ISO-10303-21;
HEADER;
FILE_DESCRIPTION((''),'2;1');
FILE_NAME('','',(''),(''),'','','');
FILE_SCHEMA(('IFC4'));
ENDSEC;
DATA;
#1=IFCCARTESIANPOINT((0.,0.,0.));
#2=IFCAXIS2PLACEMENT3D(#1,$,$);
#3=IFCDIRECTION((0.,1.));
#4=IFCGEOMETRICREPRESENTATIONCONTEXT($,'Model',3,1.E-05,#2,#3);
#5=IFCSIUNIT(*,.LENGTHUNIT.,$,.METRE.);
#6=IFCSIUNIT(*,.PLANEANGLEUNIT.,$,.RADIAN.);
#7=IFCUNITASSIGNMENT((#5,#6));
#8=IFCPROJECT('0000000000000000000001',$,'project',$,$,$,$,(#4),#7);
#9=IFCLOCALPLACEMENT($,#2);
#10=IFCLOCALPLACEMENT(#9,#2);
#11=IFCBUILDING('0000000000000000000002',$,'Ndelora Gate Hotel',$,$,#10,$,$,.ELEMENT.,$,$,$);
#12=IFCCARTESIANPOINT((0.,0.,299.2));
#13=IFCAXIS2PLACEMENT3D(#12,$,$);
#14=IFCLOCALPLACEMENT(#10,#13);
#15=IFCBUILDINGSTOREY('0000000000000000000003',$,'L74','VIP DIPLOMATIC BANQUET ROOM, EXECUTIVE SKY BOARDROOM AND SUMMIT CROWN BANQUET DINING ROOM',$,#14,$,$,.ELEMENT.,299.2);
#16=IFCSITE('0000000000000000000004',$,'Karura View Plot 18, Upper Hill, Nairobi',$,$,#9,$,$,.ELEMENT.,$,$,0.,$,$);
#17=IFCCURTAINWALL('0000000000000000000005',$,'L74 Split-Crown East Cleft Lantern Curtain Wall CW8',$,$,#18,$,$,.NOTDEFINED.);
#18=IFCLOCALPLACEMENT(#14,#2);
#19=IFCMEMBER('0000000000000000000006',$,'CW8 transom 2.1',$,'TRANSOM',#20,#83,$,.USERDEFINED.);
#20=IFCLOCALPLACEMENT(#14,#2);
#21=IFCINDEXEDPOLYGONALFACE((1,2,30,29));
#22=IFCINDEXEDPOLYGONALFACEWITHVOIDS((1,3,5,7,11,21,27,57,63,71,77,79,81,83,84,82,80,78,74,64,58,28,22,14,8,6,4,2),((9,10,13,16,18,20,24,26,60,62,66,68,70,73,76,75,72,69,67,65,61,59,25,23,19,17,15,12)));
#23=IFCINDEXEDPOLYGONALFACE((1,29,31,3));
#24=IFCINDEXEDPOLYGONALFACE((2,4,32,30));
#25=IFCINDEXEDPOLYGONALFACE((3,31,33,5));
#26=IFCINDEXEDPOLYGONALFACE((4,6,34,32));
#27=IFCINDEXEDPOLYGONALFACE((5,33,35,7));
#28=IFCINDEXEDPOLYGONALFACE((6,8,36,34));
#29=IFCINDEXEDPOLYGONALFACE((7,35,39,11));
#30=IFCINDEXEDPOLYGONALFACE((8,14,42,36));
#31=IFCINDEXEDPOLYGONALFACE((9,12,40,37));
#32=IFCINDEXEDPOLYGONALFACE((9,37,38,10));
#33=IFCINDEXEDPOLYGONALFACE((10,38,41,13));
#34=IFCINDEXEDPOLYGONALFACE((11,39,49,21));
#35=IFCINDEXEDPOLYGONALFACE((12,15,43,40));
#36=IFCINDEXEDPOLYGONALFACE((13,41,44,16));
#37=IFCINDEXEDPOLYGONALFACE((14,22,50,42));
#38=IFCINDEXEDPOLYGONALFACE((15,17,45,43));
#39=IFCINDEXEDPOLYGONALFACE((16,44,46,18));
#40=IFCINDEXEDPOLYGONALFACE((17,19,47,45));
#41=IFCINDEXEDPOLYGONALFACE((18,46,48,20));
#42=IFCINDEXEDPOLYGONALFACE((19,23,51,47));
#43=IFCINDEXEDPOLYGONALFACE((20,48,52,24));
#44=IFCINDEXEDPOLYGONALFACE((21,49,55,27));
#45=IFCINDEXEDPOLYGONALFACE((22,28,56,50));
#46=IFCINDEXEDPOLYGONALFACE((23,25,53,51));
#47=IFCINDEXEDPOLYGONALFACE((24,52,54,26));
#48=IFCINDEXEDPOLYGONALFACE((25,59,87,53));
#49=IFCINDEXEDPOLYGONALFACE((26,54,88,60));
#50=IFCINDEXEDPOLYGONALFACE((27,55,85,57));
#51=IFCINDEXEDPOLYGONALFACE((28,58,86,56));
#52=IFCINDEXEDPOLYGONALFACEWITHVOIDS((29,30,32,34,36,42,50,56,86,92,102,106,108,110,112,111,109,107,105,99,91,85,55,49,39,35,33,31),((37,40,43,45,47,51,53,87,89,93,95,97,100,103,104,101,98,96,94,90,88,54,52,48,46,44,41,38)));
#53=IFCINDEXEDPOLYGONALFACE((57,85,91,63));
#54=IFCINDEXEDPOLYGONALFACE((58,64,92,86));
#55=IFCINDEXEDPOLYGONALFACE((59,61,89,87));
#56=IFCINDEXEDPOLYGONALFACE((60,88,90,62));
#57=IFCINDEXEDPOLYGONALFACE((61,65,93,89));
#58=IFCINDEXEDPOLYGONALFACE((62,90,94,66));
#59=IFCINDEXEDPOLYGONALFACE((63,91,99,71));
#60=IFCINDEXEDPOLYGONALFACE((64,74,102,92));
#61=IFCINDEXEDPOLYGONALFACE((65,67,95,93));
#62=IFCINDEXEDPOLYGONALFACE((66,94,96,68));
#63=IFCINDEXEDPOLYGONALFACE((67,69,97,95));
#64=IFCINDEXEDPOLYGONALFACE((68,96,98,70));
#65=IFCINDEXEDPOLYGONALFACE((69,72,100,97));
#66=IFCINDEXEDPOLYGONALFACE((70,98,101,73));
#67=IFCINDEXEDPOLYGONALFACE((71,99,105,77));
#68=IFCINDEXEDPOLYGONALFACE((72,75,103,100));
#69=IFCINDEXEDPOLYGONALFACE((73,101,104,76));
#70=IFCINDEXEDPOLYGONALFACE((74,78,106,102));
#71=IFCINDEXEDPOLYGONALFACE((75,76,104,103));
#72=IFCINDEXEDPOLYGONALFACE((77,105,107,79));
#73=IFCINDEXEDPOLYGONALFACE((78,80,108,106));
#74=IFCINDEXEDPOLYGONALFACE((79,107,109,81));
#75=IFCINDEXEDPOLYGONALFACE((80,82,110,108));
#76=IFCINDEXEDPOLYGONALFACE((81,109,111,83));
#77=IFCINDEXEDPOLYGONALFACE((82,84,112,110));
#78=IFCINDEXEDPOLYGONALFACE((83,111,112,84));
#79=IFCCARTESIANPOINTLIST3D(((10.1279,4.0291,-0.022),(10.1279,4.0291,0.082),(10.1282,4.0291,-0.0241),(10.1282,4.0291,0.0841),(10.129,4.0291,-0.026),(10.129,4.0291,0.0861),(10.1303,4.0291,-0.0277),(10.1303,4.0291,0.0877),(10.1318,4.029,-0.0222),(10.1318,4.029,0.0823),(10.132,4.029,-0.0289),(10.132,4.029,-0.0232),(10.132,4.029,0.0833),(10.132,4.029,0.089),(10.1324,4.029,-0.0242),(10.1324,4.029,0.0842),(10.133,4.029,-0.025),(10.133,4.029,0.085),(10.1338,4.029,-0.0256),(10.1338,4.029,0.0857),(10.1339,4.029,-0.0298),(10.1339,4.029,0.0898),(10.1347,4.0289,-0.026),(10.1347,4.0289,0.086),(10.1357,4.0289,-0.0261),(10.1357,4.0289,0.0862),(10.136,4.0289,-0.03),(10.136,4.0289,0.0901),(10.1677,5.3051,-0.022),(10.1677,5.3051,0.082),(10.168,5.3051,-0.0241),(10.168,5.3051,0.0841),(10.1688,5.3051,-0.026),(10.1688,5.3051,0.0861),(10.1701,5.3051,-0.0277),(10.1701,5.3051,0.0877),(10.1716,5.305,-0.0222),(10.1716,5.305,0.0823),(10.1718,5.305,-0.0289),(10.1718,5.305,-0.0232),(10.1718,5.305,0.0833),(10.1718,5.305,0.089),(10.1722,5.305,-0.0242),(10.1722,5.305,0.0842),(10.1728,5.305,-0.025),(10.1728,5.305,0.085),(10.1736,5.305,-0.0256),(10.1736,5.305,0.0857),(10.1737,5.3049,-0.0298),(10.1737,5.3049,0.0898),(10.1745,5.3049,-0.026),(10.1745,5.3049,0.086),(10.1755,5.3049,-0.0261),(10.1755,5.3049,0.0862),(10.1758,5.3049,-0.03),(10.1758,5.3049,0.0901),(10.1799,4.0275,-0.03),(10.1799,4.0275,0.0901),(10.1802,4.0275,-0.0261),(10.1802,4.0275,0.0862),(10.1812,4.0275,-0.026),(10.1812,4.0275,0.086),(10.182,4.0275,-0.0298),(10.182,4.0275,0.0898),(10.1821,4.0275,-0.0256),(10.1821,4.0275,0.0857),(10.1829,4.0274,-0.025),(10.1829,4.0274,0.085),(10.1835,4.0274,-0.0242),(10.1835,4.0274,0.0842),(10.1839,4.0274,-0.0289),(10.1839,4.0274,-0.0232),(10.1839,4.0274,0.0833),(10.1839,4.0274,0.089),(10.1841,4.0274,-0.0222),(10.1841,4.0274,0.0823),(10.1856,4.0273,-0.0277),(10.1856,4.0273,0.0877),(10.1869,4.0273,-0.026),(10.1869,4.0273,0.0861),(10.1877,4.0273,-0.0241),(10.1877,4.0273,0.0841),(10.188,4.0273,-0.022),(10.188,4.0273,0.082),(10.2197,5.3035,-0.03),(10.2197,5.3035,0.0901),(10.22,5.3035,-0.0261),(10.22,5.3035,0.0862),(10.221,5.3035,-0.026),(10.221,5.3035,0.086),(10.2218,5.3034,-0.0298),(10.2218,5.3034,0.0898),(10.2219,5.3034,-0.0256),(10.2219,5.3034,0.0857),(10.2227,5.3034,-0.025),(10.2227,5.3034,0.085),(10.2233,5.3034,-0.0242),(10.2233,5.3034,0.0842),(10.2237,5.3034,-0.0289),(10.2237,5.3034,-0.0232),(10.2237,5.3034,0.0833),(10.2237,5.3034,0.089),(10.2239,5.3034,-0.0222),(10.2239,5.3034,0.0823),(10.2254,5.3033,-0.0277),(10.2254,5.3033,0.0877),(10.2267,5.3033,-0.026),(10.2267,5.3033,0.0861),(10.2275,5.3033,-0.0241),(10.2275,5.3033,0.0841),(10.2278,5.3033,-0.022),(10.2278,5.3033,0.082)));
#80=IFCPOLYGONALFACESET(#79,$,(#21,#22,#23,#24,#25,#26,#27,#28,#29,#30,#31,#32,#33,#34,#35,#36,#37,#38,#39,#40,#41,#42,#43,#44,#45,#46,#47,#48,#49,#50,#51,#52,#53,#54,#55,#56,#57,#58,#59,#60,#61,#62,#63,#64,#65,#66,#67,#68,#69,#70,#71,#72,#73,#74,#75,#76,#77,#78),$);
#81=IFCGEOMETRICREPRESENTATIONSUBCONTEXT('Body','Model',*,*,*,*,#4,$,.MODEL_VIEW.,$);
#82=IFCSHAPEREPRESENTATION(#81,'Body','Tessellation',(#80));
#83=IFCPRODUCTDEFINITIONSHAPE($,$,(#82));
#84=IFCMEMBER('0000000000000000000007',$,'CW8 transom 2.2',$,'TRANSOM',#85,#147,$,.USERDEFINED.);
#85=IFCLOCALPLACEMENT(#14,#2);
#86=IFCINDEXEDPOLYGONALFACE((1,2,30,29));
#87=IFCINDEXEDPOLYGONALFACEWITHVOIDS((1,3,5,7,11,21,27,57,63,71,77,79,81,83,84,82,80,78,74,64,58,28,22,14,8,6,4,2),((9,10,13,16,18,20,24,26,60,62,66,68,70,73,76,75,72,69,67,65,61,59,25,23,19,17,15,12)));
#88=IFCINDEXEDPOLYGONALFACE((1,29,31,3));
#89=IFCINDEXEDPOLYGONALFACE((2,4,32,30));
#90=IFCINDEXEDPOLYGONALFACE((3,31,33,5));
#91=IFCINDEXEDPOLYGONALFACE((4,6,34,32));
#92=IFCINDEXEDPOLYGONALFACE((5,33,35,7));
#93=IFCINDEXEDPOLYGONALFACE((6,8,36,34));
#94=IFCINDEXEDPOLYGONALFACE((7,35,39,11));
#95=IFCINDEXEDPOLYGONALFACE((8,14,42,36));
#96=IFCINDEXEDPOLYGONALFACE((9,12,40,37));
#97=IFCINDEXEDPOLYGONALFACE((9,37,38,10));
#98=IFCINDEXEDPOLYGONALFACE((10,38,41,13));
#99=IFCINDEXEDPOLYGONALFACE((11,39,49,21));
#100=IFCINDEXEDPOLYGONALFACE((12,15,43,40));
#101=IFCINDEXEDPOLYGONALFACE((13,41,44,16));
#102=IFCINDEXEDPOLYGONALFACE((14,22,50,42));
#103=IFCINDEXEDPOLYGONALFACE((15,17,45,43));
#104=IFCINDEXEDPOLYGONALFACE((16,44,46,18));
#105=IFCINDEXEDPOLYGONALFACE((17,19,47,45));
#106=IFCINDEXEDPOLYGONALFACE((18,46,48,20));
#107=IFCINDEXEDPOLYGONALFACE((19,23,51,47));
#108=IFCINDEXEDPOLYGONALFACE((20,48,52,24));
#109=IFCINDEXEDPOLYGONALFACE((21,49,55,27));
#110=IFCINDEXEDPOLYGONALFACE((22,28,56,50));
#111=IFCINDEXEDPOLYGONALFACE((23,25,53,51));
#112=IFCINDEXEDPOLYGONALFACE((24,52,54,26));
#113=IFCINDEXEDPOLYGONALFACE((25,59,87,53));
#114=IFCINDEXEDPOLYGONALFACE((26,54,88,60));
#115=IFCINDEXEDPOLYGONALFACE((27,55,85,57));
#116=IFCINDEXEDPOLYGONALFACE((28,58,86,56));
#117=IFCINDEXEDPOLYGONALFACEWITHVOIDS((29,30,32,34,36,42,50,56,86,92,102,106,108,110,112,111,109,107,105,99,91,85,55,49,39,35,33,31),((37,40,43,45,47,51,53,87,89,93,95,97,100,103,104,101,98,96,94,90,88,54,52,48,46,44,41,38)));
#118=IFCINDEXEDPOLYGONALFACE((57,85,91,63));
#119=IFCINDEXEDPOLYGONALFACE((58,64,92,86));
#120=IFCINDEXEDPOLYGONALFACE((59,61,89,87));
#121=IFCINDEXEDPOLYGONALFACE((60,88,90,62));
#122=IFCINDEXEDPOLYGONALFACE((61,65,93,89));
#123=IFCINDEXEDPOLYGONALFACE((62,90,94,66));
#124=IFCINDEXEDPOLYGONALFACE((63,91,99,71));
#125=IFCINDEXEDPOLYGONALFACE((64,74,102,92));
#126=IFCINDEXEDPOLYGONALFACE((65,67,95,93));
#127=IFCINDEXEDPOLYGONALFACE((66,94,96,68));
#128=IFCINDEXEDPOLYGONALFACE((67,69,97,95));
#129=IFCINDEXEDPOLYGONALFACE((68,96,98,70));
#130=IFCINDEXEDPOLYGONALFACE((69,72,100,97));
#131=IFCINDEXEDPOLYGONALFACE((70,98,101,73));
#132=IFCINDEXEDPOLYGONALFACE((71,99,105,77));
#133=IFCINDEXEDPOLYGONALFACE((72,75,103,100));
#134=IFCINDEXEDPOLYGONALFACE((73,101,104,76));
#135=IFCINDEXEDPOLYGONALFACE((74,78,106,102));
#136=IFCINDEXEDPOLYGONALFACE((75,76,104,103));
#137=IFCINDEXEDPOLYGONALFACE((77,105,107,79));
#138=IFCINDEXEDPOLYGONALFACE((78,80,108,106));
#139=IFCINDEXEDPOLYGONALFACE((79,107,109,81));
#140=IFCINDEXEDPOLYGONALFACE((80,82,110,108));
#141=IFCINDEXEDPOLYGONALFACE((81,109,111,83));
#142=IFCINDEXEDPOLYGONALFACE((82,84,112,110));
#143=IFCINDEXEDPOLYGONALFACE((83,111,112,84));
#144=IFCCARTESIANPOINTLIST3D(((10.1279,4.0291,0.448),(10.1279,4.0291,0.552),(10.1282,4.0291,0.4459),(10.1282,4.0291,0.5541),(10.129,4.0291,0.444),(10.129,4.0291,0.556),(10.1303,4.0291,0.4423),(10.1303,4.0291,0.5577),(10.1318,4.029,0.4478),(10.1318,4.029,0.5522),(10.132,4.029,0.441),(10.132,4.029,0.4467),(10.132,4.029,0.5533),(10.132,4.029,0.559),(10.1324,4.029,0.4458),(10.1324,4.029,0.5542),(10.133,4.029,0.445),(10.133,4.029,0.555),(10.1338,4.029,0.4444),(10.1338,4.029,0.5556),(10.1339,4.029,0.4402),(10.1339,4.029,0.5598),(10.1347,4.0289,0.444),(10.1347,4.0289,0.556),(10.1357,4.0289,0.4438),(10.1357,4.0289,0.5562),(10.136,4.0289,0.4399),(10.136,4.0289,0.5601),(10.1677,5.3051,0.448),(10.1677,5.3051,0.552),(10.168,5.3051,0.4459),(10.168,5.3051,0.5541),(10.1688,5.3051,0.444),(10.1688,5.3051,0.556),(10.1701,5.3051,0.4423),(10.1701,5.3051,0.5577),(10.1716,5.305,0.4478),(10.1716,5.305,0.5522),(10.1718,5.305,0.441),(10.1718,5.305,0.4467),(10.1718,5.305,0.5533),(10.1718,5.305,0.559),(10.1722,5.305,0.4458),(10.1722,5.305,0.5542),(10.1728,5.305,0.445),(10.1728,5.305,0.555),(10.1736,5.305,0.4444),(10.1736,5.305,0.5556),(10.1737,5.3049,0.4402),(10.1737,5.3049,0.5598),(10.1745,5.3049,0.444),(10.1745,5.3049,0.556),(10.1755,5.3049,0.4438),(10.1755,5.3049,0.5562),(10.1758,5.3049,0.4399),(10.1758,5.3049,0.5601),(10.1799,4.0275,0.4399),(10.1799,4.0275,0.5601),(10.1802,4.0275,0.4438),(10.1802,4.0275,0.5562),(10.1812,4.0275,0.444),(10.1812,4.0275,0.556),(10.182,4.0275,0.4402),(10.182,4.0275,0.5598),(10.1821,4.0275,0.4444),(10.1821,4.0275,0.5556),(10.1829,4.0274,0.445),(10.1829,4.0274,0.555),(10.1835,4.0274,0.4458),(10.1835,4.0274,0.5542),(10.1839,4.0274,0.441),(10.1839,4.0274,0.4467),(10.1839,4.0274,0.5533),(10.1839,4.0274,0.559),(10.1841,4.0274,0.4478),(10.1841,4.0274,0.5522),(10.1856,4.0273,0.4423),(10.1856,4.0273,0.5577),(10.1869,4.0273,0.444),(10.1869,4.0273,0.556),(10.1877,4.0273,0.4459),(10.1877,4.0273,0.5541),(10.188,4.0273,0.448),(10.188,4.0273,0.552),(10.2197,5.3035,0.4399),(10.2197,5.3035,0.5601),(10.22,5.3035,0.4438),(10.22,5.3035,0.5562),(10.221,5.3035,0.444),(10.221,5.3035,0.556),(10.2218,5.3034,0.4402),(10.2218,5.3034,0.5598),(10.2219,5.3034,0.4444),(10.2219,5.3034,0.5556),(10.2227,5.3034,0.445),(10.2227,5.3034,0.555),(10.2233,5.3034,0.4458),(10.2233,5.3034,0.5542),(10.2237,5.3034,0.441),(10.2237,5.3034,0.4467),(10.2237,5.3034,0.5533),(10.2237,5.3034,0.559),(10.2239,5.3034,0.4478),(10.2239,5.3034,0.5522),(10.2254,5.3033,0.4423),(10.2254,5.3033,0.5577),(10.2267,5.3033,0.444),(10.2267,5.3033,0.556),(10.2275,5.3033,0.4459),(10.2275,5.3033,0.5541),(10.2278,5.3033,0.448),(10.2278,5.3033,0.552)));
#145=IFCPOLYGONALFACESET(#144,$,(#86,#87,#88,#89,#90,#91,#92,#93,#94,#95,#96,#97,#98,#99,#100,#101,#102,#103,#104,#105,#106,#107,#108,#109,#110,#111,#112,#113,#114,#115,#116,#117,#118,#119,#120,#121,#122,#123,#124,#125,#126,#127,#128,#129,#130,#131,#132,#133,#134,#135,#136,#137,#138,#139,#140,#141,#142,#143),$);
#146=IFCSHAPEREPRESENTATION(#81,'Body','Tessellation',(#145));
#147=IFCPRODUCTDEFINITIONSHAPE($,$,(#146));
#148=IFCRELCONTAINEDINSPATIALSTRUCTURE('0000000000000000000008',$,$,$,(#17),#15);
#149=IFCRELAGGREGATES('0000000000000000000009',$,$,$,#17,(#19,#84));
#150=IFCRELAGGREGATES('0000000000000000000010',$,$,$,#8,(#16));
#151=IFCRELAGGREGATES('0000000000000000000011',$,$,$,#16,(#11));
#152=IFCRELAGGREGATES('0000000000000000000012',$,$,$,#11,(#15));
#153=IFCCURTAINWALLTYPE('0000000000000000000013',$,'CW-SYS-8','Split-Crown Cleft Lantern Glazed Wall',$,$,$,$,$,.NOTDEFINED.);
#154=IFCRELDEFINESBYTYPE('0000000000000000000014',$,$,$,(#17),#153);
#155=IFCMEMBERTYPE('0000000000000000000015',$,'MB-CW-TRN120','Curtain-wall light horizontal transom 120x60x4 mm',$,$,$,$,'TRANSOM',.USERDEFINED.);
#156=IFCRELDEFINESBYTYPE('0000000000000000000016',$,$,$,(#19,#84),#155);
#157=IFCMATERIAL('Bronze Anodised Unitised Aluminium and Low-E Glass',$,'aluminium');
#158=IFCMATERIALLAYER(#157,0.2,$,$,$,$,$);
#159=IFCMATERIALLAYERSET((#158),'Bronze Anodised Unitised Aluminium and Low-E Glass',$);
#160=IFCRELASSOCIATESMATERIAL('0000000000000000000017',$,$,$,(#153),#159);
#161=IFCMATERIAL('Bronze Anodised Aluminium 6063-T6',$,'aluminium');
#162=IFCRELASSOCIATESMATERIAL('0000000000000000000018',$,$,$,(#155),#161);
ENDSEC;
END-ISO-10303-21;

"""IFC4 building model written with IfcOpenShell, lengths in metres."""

from ifc_helpers import new_model, si_unit, direction, frame, origin, origin_2d, place, context, subcontext, project, spatial, hollow_rectangle, extrude, material, layer, layer_set, material_profile, profile_set, type_object, element, aggregate, save


model = new_model("IFC4")

# Units and contexts
model_context = context("Model", 3, precision=1e-05, world=origin(), true_north=direction((0.0, 1.0)))
body_context = subcontext(model_context, "Body", "Model", "MODEL_VIEW")
ifc_project = project(units=[si_unit("LENGTHUNIT", "METRE"), si_unit("PLANEANGLEUNIT", "RADIAN")], contexts=[model_context])

# Site, building, storey
site_placement = place(None, origin())
site = spatial("IfcSite", under=ifc_project, at=site_placement, Name="Karura View Plot 18, Upper Hill, Nairobi", CompositionType="ELEMENT", RefElevation=0.0)
building_placement = place(site_placement, origin())
building = spatial("IfcBuilding", under=site, at=building_placement, Name="Ndelora Gate Hotel", CompositionType="ELEMENT")
storey_placement = place(building_placement, frame((0.0, 0.0, 299.2)))
storey = spatial("IfcBuildingStorey", under=building, at=storey_placement, Name="L74", Description="VIP DIPLOMATIC BANQUET ROOM, EXECUTIVE SKY BOARDROOM AND SUMMIT CROWN BANQUET DINING ROOM", CompositionType="ELEMENT", Elevation=299.2)

# Curtain wall
ifc_material_1 = material(Name="Bronze Anodised Unitised Aluminium and Low-E Glass", Category="aluminium")
ifc_layer_1 = layer(ifc_material_1, 0.2)
ifc_layer_set_1 = layer_set([ifc_layer_1], Name="Bronze Anodised Unitised Aluminium and Low-E Glass")
curtain_wall_type = type_object("IfcCurtainWallType", Name="CW-SYS-8", Description="Split-Crown Cleft Lantern Glazed Wall", PredefinedType="NOTDEFINED", material=ifc_layer_set_1)
ifc_material_2 = material(Name="Bronze Anodised Aluminium 6063-T6", Category="aluminium")
curtain_wall_1_placement = place(storey_placement, origin())
curtain_wall_1 = element("IfcCurtainWall", 1, at=curtain_wall_1_placement, inside=storey, type_object=curtain_wall_type, Name="L74 Split-Crown East Cleft Lantern Curtain Wall CW8", PredefinedType="NOTDEFINED")

# Members
ifc_material_profile_1 = material_profile(ifc_material_2, hollow_rectangle(XDim=0.0601, YDim=0.1201, WallThickness=0.0039, InnerFilletRadius=0.0039, OuterFilletRadius=0.0081, at=origin_2d()), Name="ALU 120x60x4")
ifc_profile_set_1 = profile_set([ifc_material_profile_1], Name="Bronze Anodised Aluminium 6063-T6")
member_type_1 = type_object("IfcMemberType", Name="MB-CW-TRN120", Description="Curtain-wall light horizontal transom 120x60x4 mm", ElementType="TRANSOM", PredefinedType="USERDEFINED", material=ifc_profile_set_1)
member_1_placement = place(storey_placement, frame((10.1978, 5.3042, 0.03), z_axis=(-0.031175, -0.999514, 0.0), x_axis=(0.999514, -0.031175, 0.0)))
member_1 = element("IfcMember", 2, at=member_1_placement, type_object=member_type_1, Name="CW8 transom 2.1", ObjectType="TRANSOM", PredefinedType="USERDEFINED", context=body_context, shape_type="SweptSolid", body=[
    extrude(hollow_rectangle(XDim=0.0601, YDim=0.1201, WallThickness=0.0039, InnerFilletRadius=0.0039, OuterFilletRadius=0.0081, at=origin_2d()), origin(), (0.0, 0.0, 1.0), 1.2766),
])
member_2_placement = place(storey_placement, frame((10.1978, 5.3042, 0.5), z_axis=(-0.031175, -0.999514, 0.0), x_axis=(0.999514, -0.031175, 0.0)))
member_2 = element("IfcMember", 3, at=member_2_placement, type_object=member_type_1, Name="CW8 transom 2.2", ObjectType="TRANSOM", PredefinedType="USERDEFINED", context=body_context, shape_type="SweptSolid", body=[
    extrude(hollow_rectangle(XDim=0.0601, YDim=0.1201, WallThickness=0.0039, InnerFilletRadius=0.0039, OuterFilletRadius=0.0081, at=origin_2d()), origin(), (0.0, 0.0, 1.0), 1.2766),
])

aggregate(curtain_wall_1, [member_1, member_2])

save(model, "model.ifc")
